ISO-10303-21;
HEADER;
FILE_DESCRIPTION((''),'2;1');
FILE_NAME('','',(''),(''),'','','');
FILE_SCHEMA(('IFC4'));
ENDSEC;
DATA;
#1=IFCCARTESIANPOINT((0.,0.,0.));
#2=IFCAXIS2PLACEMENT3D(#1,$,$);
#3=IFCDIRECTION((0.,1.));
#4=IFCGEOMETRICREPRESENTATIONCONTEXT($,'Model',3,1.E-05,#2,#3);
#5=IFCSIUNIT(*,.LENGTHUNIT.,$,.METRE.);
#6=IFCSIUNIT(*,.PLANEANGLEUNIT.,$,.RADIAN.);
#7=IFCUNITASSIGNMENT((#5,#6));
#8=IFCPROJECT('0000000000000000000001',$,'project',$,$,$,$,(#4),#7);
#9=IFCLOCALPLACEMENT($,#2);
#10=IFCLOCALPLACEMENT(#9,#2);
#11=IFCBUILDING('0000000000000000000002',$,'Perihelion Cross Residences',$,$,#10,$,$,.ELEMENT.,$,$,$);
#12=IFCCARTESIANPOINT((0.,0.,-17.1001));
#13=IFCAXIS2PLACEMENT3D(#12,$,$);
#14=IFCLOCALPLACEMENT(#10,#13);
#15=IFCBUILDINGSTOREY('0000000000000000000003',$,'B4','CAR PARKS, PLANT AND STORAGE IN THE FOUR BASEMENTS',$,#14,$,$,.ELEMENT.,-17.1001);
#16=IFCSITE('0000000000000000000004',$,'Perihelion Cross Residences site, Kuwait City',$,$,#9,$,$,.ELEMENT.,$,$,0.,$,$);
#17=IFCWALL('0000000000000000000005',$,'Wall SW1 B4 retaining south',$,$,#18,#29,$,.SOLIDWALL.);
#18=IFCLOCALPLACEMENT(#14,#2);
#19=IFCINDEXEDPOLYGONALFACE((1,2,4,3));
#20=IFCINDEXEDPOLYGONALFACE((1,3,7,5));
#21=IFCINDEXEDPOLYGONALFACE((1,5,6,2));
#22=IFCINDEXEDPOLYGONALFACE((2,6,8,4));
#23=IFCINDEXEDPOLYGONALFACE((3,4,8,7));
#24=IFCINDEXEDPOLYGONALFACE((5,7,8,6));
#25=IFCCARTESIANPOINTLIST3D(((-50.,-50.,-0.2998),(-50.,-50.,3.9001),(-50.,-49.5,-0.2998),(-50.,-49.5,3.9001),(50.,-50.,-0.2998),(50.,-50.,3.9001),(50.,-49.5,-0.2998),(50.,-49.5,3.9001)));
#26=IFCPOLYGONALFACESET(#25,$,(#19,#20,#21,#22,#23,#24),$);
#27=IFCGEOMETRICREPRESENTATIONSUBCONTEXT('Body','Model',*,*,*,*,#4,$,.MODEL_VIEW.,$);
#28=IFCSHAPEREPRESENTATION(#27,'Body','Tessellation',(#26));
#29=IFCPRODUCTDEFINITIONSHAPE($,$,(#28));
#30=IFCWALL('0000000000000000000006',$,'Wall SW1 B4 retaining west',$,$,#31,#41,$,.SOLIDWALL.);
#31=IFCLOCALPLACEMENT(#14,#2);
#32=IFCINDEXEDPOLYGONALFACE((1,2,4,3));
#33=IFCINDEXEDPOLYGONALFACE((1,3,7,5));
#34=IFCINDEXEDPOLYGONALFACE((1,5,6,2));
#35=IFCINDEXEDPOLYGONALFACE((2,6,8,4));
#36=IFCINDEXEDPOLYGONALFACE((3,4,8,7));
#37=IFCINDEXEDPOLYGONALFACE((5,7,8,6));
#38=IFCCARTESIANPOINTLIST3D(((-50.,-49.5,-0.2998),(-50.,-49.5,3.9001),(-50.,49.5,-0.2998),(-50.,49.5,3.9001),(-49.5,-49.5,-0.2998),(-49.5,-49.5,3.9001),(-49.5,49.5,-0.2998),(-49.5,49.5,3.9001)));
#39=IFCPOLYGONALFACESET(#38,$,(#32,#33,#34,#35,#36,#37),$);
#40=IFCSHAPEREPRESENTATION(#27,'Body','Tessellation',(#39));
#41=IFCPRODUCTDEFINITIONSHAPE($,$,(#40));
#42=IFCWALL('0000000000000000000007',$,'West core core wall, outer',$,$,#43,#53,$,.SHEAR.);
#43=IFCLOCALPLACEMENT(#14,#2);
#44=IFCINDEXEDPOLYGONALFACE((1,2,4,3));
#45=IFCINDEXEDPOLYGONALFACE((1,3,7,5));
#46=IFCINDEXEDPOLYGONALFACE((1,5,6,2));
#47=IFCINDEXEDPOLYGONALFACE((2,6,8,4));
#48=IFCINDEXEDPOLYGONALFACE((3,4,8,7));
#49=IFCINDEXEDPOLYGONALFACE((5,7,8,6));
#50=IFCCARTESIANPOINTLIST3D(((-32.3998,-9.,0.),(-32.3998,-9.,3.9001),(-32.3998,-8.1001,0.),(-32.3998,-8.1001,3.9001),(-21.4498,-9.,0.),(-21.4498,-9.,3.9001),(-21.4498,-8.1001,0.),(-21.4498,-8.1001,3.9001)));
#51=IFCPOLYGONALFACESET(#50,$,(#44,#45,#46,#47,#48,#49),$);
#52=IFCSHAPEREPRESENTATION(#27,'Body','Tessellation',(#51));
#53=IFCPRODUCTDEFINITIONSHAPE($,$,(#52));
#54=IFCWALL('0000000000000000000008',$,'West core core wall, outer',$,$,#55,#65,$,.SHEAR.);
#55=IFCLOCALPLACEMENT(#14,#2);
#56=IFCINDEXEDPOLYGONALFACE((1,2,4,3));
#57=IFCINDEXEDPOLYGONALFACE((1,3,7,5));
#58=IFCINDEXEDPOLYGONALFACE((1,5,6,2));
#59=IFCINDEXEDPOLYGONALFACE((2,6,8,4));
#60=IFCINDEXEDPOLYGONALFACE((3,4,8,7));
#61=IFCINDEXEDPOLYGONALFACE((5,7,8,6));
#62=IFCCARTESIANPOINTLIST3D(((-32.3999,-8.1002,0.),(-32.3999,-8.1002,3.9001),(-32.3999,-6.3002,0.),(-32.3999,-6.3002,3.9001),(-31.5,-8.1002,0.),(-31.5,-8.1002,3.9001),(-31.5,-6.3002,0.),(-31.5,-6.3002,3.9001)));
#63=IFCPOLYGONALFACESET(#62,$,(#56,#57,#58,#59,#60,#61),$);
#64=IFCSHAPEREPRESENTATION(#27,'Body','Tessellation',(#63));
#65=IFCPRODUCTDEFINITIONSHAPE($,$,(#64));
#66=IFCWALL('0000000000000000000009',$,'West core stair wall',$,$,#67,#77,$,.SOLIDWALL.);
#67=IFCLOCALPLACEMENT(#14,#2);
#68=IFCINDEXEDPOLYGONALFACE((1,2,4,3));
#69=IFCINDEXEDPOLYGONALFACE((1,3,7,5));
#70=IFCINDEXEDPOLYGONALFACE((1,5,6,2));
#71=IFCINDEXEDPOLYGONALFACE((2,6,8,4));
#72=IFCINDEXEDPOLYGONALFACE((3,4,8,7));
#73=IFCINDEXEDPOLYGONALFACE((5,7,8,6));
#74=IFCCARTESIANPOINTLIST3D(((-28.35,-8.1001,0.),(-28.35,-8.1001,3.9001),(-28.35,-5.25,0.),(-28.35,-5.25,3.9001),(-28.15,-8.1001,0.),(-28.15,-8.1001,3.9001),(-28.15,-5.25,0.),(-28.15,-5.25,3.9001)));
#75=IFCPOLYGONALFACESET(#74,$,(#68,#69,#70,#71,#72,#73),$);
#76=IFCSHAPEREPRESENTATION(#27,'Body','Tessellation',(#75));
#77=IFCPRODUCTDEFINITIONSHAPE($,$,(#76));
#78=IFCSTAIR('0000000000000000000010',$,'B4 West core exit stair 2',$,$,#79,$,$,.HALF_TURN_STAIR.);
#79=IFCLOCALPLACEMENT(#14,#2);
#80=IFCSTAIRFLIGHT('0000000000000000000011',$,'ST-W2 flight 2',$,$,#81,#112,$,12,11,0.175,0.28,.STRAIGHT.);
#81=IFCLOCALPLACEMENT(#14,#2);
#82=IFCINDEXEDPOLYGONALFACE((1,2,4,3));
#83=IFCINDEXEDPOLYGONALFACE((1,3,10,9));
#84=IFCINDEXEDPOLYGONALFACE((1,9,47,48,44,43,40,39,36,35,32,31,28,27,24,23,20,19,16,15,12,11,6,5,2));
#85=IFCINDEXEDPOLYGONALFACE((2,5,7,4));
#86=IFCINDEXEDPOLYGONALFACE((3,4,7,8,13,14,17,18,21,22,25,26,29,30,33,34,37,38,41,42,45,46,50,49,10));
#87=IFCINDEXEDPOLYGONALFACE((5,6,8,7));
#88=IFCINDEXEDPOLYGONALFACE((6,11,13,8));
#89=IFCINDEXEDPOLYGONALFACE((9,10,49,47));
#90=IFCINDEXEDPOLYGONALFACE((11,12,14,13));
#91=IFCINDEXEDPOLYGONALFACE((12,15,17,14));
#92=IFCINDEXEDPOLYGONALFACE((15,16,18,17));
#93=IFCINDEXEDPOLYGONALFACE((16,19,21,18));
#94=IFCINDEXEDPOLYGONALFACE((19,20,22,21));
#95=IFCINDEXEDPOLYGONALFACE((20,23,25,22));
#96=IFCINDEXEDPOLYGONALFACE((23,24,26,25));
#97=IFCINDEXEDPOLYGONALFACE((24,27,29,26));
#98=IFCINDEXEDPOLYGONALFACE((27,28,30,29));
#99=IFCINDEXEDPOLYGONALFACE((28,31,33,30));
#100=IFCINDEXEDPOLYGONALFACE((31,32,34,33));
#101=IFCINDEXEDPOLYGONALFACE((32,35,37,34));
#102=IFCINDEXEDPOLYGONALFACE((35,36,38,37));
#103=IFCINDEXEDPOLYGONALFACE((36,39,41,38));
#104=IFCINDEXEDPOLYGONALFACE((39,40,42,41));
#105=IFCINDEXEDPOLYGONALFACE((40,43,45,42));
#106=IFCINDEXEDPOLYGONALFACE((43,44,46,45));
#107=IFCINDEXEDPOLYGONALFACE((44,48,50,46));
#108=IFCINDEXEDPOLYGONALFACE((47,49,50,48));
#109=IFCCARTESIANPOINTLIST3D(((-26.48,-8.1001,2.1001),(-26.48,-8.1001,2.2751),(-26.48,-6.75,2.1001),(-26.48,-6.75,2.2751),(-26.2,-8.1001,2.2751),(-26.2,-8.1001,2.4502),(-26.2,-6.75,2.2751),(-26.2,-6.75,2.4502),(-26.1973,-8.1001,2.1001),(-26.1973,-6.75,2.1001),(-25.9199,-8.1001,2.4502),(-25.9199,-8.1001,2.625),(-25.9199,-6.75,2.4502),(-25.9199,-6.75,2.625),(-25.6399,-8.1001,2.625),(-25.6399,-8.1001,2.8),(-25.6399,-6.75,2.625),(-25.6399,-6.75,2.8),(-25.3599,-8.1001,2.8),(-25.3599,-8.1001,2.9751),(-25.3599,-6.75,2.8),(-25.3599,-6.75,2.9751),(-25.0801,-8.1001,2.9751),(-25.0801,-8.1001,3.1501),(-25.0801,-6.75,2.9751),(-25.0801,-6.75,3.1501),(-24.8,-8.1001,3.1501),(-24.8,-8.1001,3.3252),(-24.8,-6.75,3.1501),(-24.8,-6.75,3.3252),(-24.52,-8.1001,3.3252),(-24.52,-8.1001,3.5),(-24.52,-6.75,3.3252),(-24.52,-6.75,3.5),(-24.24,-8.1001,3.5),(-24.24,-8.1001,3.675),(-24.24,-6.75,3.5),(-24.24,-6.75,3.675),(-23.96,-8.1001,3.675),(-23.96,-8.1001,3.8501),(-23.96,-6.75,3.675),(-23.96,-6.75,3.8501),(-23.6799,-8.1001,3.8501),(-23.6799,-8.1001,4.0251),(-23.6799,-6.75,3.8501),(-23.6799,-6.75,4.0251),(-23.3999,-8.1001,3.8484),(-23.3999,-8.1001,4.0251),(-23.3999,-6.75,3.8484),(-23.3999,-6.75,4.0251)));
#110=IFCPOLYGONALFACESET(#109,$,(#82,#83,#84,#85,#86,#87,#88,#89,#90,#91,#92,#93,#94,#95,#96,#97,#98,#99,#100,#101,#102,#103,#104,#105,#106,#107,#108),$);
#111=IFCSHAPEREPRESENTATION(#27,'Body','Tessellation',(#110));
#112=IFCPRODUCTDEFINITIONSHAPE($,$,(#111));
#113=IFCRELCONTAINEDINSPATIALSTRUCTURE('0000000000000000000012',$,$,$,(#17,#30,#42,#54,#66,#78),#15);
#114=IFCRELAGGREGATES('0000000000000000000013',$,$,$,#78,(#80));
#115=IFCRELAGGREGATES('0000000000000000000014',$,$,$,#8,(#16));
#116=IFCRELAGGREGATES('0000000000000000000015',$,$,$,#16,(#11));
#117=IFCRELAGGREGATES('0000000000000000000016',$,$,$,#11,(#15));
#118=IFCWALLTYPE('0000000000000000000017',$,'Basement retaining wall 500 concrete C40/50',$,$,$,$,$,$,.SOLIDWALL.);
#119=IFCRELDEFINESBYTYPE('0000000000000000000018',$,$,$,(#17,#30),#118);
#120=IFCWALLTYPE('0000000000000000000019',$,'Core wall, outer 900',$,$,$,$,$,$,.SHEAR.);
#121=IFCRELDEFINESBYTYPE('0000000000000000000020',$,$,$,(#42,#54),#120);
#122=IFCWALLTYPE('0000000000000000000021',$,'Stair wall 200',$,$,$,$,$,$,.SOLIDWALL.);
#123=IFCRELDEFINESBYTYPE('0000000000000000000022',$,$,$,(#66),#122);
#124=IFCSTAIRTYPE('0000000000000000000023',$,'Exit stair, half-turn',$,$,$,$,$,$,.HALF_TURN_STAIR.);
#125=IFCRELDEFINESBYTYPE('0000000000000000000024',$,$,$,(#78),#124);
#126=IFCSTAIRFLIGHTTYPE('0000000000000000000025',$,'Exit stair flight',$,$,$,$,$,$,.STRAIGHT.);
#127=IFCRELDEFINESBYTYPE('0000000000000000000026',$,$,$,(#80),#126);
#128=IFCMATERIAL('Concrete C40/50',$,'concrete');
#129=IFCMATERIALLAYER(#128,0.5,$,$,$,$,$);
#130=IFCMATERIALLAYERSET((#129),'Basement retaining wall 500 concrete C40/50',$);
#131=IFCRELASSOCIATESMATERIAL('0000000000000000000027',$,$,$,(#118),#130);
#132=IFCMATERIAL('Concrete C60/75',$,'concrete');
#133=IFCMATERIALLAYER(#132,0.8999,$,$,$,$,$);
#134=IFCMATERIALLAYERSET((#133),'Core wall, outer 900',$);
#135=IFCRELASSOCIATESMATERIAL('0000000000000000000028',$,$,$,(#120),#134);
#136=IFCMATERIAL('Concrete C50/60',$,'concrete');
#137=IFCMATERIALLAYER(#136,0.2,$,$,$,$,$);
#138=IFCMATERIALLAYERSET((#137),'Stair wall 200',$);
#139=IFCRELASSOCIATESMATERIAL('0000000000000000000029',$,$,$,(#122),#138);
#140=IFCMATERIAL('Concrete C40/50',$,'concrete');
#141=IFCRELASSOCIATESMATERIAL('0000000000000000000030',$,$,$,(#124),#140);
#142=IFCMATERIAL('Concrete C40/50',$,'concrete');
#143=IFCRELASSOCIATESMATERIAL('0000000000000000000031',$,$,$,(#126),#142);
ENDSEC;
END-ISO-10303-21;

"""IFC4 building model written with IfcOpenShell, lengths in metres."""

from ifc_helpers import new_model, si_unit, direction, frame, frame_2d, origin, place, context, subcontext, project, spatial, polyline, rectangle, outline, extrude, material, layer, layer_set, type_object, element, aggregate, save


model = new_model("IFC4")

# Units and contexts
model_context = context("Model", 3, precision=1e-05, world=origin(), true_north=direction((0.0, 1.0)))
body_context = subcontext(model_context, "Body", "Model", "MODEL_VIEW")
ifc_project = project(units=[si_unit("LENGTHUNIT", "METRE"), si_unit("PLANEANGLEUNIT", "RADIAN")], contexts=[model_context])

# Site, building, storey
site_placement = place(None, origin())
site = spatial("IfcSite", under=ifc_project, at=site_placement, Name="Perihelion Cross Residences site, Kuwait City", CompositionType="ELEMENT", RefElevation=0.0)
building_placement = place(site_placement, origin())
building = spatial("IfcBuilding", under=site, at=building_placement, Name="Perihelion Cross Residences", CompositionType="ELEMENT")
storey_placement = place(building_placement, frame((0.0, 0.0, -17.1001)))
storey = spatial("IfcBuildingStorey", under=building, at=storey_placement, Name="B4", Description="CAR PARKS, PLANT AND STORAGE IN THE FOUR BASEMENTS", CompositionType="ELEMENT", Elevation=-17.1001)

# Walls
ifc_material_1 = material(Name="Concrete C40/50", Category="concrete")
ifc_layer_1 = layer(ifc_material_1, 0.5)
ifc_layer_set_1 = layer_set([ifc_layer_1], Name="Basement retaining wall 500 concrete C40/50")
wall_type_1 = type_object("IfcWallType", Name="Basement retaining wall 500 concrete C40/50", PredefinedType="SOLIDWALL", material=ifc_layer_set_1)
wall_1_placement = place(storey_placement, frame((-50.0, -49.75, -0.2998), z_axis=(0.0, 0.0, 1.0), x_axis=(1.0, 0.0, 0.0)))
element("IfcWall", 1, at=wall_1_placement, inside=storey, type_object=wall_type_1, Name="Wall SW1 B4 retaining south", PredefinedType="SOLIDWALL", context=body_context, shape_type="SweptSolid", body=[
    extrude(rectangle(XDim=100.0, YDim=0.5, at=frame_2d((50.0, 0.0))), origin(), (0.0, 0.0, 1.0), 4.2),
])
wall_2_placement = place(storey_placement, frame((-49.75, -49.5, -0.2998), z_axis=(0.0, 0.0, 1.0), x_axis=(0.0, 1.0, 0.0)))
element("IfcWall", 2, at=wall_2_placement, inside=storey, type_object=wall_type_1, Name="Wall SW1 B4 retaining west", PredefinedType="SOLIDWALL", context=body_context, shape_type="SweptSolid", body=[
    extrude(rectangle(XDim=99.0, YDim=0.5, at=frame_2d((49.5, 0.0))), origin(), (0.0, 0.0, 1.0), 4.2),
])
ifc_material_2 = material(Name="Concrete C60/75", Category="concrete")
ifc_layer_2 = layer(ifc_material_2, 0.8999)
ifc_layer_set_2 = layer_set([ifc_layer_2], Name="Core wall, outer 900")
wall_type_2 = type_object("IfcWallType", Name="Core wall, outer 900", PredefinedType="SHEAR", material=ifc_layer_set_2)
wall_3_placement = place(storey_placement, frame((-32.3999, -8.55, 0.0), z_axis=(0.0, 0.0, 1.0), x_axis=(1.0, 0.0, 0.0)))
element("IfcWall", 3, at=wall_3_placement, inside=storey, type_object=wall_type_2, Name="West core core wall, outer", PredefinedType="SHEAR", context=body_context, shape_type="SweptSolid", body=[
    extrude(rectangle(XDim=10.95, YDim=0.8999, at=frame_2d((5.4751, 0.0))), origin(), (0.0, 0.0, 1.0), 3.9001),
])
wall_4_placement = place(storey_placement, frame((-31.95, -8.1001, 0.0), z_axis=(0.0, 0.0, 1.0), x_axis=(0.0, 1.0, 0.0)))
element("IfcWall", 4, at=wall_4_placement, inside=storey, type_object=wall_type_2, Name="West core core wall, outer", PredefinedType="SHEAR", context=body_context, shape_type="SweptSolid", body=[
    extrude(rectangle(XDim=1.8, YDim=0.8999, at=frame_2d((0.8999, 0.0))), origin(), (0.0, 0.0, 1.0), 3.9001),
])
ifc_material_3 = material(Name="Concrete C50/60", Category="concrete")
ifc_layer_3 = layer(ifc_material_3, 0.2)
ifc_layer_set_3 = layer_set([ifc_layer_3], Name="Stair wall 200")
wall_type_3 = type_object("IfcWallType", Name="Stair wall 200", PredefinedType="SOLIDWALL", material=ifc_layer_set_3)
wall_5_placement = place(storey_placement, frame((-28.25, -8.1001, 0.0), z_axis=(0.0, 0.0, 1.0), x_axis=(0.0, 1.0, 0.0)))
element("IfcWall", 5, at=wall_5_placement, inside=storey, type_object=wall_type_3, Name="West core stair wall", PredefinedType="SOLIDWALL", context=body_context, shape_type="SweptSolid", body=[
    extrude(rectangle(XDim=2.8501, YDim=0.2, at=frame_2d((1.425, 0.0))), origin(), (0.0, 0.0, 1.0), 3.9001),
])

# Stair, stair flight
ifc_material_4 = material(Name="Concrete C40/50", Category="concrete")
stair_type = type_object("IfcStairType", Name="Exit stair, half-turn", PredefinedType="HALF_TURN_STAIR", material=ifc_material_4)
stair_placement = place(storey_placement, origin())
stair = element("IfcStair", 6, at=stair_placement, inside=storey, type_object=stair_type, Name="B4 West core exit stair 2", PredefinedType="HALF_TURN_STAIR")
ifc_material_5 = material(Name="Concrete C40/50", Category="concrete")
stair_flight_type = type_object("IfcStairFlightType", Name="Exit stair flight", PredefinedType="STRAIGHT", material=ifc_material_5)
stair_flight_placement = place(storey_placement, frame((-26.48, -7.425, 2.1001), z_axis=(0.0, 0.0, 1.0), x_axis=(1.0, 0.0, 0.0)))
stair_flight = element("IfcStairFlight", 7, at=stair_flight_placement, type_object=stair_flight_type, Name="ST-W2 flight 2", NumberOfRisers=12, NumberOfTreads=11, PredefinedType="STRAIGHT", RiserHeight=0.175, TreadLength=0.28, context=body_context, shape_type="SweptSolid", body=[
    extrude(outline(polyline([(0.0, 0.0), (0.0, 0.175), (0.28, 0.175), (0.28, 0.3501), (0.5601, 0.3501), (0.5601, 0.5249), (0.8401, 0.5249), (0.8401, 0.7), (1.1201, 0.7), (1.1201, 0.875), (1.3999, 0.875), (1.3999, 1.05), (1.6799, 1.05), (1.6799, 1.2251), (1.96, 1.2251), (1.96, 1.3999), (2.24, 1.3999), (2.24, 1.575), (2.52, 1.575), (2.52, 1.75), (2.8, 1.75), (2.8, 1.925), (3.0801, 1.925), (3.0801, 2.1001), (3.0801, 1.7483), (0.2827, 0.0), (0.0, 0.0)])), frame((0.0, 0.675, 0.0), z_axis=(0.0, -1.0, 0.0), x_axis=(1.0, 0.0, 0.0)), (0.0, 0.0, 1.0), 1.3501),
])
aggregate(stair, [stair_flight])

save(model, "model.ifc")
